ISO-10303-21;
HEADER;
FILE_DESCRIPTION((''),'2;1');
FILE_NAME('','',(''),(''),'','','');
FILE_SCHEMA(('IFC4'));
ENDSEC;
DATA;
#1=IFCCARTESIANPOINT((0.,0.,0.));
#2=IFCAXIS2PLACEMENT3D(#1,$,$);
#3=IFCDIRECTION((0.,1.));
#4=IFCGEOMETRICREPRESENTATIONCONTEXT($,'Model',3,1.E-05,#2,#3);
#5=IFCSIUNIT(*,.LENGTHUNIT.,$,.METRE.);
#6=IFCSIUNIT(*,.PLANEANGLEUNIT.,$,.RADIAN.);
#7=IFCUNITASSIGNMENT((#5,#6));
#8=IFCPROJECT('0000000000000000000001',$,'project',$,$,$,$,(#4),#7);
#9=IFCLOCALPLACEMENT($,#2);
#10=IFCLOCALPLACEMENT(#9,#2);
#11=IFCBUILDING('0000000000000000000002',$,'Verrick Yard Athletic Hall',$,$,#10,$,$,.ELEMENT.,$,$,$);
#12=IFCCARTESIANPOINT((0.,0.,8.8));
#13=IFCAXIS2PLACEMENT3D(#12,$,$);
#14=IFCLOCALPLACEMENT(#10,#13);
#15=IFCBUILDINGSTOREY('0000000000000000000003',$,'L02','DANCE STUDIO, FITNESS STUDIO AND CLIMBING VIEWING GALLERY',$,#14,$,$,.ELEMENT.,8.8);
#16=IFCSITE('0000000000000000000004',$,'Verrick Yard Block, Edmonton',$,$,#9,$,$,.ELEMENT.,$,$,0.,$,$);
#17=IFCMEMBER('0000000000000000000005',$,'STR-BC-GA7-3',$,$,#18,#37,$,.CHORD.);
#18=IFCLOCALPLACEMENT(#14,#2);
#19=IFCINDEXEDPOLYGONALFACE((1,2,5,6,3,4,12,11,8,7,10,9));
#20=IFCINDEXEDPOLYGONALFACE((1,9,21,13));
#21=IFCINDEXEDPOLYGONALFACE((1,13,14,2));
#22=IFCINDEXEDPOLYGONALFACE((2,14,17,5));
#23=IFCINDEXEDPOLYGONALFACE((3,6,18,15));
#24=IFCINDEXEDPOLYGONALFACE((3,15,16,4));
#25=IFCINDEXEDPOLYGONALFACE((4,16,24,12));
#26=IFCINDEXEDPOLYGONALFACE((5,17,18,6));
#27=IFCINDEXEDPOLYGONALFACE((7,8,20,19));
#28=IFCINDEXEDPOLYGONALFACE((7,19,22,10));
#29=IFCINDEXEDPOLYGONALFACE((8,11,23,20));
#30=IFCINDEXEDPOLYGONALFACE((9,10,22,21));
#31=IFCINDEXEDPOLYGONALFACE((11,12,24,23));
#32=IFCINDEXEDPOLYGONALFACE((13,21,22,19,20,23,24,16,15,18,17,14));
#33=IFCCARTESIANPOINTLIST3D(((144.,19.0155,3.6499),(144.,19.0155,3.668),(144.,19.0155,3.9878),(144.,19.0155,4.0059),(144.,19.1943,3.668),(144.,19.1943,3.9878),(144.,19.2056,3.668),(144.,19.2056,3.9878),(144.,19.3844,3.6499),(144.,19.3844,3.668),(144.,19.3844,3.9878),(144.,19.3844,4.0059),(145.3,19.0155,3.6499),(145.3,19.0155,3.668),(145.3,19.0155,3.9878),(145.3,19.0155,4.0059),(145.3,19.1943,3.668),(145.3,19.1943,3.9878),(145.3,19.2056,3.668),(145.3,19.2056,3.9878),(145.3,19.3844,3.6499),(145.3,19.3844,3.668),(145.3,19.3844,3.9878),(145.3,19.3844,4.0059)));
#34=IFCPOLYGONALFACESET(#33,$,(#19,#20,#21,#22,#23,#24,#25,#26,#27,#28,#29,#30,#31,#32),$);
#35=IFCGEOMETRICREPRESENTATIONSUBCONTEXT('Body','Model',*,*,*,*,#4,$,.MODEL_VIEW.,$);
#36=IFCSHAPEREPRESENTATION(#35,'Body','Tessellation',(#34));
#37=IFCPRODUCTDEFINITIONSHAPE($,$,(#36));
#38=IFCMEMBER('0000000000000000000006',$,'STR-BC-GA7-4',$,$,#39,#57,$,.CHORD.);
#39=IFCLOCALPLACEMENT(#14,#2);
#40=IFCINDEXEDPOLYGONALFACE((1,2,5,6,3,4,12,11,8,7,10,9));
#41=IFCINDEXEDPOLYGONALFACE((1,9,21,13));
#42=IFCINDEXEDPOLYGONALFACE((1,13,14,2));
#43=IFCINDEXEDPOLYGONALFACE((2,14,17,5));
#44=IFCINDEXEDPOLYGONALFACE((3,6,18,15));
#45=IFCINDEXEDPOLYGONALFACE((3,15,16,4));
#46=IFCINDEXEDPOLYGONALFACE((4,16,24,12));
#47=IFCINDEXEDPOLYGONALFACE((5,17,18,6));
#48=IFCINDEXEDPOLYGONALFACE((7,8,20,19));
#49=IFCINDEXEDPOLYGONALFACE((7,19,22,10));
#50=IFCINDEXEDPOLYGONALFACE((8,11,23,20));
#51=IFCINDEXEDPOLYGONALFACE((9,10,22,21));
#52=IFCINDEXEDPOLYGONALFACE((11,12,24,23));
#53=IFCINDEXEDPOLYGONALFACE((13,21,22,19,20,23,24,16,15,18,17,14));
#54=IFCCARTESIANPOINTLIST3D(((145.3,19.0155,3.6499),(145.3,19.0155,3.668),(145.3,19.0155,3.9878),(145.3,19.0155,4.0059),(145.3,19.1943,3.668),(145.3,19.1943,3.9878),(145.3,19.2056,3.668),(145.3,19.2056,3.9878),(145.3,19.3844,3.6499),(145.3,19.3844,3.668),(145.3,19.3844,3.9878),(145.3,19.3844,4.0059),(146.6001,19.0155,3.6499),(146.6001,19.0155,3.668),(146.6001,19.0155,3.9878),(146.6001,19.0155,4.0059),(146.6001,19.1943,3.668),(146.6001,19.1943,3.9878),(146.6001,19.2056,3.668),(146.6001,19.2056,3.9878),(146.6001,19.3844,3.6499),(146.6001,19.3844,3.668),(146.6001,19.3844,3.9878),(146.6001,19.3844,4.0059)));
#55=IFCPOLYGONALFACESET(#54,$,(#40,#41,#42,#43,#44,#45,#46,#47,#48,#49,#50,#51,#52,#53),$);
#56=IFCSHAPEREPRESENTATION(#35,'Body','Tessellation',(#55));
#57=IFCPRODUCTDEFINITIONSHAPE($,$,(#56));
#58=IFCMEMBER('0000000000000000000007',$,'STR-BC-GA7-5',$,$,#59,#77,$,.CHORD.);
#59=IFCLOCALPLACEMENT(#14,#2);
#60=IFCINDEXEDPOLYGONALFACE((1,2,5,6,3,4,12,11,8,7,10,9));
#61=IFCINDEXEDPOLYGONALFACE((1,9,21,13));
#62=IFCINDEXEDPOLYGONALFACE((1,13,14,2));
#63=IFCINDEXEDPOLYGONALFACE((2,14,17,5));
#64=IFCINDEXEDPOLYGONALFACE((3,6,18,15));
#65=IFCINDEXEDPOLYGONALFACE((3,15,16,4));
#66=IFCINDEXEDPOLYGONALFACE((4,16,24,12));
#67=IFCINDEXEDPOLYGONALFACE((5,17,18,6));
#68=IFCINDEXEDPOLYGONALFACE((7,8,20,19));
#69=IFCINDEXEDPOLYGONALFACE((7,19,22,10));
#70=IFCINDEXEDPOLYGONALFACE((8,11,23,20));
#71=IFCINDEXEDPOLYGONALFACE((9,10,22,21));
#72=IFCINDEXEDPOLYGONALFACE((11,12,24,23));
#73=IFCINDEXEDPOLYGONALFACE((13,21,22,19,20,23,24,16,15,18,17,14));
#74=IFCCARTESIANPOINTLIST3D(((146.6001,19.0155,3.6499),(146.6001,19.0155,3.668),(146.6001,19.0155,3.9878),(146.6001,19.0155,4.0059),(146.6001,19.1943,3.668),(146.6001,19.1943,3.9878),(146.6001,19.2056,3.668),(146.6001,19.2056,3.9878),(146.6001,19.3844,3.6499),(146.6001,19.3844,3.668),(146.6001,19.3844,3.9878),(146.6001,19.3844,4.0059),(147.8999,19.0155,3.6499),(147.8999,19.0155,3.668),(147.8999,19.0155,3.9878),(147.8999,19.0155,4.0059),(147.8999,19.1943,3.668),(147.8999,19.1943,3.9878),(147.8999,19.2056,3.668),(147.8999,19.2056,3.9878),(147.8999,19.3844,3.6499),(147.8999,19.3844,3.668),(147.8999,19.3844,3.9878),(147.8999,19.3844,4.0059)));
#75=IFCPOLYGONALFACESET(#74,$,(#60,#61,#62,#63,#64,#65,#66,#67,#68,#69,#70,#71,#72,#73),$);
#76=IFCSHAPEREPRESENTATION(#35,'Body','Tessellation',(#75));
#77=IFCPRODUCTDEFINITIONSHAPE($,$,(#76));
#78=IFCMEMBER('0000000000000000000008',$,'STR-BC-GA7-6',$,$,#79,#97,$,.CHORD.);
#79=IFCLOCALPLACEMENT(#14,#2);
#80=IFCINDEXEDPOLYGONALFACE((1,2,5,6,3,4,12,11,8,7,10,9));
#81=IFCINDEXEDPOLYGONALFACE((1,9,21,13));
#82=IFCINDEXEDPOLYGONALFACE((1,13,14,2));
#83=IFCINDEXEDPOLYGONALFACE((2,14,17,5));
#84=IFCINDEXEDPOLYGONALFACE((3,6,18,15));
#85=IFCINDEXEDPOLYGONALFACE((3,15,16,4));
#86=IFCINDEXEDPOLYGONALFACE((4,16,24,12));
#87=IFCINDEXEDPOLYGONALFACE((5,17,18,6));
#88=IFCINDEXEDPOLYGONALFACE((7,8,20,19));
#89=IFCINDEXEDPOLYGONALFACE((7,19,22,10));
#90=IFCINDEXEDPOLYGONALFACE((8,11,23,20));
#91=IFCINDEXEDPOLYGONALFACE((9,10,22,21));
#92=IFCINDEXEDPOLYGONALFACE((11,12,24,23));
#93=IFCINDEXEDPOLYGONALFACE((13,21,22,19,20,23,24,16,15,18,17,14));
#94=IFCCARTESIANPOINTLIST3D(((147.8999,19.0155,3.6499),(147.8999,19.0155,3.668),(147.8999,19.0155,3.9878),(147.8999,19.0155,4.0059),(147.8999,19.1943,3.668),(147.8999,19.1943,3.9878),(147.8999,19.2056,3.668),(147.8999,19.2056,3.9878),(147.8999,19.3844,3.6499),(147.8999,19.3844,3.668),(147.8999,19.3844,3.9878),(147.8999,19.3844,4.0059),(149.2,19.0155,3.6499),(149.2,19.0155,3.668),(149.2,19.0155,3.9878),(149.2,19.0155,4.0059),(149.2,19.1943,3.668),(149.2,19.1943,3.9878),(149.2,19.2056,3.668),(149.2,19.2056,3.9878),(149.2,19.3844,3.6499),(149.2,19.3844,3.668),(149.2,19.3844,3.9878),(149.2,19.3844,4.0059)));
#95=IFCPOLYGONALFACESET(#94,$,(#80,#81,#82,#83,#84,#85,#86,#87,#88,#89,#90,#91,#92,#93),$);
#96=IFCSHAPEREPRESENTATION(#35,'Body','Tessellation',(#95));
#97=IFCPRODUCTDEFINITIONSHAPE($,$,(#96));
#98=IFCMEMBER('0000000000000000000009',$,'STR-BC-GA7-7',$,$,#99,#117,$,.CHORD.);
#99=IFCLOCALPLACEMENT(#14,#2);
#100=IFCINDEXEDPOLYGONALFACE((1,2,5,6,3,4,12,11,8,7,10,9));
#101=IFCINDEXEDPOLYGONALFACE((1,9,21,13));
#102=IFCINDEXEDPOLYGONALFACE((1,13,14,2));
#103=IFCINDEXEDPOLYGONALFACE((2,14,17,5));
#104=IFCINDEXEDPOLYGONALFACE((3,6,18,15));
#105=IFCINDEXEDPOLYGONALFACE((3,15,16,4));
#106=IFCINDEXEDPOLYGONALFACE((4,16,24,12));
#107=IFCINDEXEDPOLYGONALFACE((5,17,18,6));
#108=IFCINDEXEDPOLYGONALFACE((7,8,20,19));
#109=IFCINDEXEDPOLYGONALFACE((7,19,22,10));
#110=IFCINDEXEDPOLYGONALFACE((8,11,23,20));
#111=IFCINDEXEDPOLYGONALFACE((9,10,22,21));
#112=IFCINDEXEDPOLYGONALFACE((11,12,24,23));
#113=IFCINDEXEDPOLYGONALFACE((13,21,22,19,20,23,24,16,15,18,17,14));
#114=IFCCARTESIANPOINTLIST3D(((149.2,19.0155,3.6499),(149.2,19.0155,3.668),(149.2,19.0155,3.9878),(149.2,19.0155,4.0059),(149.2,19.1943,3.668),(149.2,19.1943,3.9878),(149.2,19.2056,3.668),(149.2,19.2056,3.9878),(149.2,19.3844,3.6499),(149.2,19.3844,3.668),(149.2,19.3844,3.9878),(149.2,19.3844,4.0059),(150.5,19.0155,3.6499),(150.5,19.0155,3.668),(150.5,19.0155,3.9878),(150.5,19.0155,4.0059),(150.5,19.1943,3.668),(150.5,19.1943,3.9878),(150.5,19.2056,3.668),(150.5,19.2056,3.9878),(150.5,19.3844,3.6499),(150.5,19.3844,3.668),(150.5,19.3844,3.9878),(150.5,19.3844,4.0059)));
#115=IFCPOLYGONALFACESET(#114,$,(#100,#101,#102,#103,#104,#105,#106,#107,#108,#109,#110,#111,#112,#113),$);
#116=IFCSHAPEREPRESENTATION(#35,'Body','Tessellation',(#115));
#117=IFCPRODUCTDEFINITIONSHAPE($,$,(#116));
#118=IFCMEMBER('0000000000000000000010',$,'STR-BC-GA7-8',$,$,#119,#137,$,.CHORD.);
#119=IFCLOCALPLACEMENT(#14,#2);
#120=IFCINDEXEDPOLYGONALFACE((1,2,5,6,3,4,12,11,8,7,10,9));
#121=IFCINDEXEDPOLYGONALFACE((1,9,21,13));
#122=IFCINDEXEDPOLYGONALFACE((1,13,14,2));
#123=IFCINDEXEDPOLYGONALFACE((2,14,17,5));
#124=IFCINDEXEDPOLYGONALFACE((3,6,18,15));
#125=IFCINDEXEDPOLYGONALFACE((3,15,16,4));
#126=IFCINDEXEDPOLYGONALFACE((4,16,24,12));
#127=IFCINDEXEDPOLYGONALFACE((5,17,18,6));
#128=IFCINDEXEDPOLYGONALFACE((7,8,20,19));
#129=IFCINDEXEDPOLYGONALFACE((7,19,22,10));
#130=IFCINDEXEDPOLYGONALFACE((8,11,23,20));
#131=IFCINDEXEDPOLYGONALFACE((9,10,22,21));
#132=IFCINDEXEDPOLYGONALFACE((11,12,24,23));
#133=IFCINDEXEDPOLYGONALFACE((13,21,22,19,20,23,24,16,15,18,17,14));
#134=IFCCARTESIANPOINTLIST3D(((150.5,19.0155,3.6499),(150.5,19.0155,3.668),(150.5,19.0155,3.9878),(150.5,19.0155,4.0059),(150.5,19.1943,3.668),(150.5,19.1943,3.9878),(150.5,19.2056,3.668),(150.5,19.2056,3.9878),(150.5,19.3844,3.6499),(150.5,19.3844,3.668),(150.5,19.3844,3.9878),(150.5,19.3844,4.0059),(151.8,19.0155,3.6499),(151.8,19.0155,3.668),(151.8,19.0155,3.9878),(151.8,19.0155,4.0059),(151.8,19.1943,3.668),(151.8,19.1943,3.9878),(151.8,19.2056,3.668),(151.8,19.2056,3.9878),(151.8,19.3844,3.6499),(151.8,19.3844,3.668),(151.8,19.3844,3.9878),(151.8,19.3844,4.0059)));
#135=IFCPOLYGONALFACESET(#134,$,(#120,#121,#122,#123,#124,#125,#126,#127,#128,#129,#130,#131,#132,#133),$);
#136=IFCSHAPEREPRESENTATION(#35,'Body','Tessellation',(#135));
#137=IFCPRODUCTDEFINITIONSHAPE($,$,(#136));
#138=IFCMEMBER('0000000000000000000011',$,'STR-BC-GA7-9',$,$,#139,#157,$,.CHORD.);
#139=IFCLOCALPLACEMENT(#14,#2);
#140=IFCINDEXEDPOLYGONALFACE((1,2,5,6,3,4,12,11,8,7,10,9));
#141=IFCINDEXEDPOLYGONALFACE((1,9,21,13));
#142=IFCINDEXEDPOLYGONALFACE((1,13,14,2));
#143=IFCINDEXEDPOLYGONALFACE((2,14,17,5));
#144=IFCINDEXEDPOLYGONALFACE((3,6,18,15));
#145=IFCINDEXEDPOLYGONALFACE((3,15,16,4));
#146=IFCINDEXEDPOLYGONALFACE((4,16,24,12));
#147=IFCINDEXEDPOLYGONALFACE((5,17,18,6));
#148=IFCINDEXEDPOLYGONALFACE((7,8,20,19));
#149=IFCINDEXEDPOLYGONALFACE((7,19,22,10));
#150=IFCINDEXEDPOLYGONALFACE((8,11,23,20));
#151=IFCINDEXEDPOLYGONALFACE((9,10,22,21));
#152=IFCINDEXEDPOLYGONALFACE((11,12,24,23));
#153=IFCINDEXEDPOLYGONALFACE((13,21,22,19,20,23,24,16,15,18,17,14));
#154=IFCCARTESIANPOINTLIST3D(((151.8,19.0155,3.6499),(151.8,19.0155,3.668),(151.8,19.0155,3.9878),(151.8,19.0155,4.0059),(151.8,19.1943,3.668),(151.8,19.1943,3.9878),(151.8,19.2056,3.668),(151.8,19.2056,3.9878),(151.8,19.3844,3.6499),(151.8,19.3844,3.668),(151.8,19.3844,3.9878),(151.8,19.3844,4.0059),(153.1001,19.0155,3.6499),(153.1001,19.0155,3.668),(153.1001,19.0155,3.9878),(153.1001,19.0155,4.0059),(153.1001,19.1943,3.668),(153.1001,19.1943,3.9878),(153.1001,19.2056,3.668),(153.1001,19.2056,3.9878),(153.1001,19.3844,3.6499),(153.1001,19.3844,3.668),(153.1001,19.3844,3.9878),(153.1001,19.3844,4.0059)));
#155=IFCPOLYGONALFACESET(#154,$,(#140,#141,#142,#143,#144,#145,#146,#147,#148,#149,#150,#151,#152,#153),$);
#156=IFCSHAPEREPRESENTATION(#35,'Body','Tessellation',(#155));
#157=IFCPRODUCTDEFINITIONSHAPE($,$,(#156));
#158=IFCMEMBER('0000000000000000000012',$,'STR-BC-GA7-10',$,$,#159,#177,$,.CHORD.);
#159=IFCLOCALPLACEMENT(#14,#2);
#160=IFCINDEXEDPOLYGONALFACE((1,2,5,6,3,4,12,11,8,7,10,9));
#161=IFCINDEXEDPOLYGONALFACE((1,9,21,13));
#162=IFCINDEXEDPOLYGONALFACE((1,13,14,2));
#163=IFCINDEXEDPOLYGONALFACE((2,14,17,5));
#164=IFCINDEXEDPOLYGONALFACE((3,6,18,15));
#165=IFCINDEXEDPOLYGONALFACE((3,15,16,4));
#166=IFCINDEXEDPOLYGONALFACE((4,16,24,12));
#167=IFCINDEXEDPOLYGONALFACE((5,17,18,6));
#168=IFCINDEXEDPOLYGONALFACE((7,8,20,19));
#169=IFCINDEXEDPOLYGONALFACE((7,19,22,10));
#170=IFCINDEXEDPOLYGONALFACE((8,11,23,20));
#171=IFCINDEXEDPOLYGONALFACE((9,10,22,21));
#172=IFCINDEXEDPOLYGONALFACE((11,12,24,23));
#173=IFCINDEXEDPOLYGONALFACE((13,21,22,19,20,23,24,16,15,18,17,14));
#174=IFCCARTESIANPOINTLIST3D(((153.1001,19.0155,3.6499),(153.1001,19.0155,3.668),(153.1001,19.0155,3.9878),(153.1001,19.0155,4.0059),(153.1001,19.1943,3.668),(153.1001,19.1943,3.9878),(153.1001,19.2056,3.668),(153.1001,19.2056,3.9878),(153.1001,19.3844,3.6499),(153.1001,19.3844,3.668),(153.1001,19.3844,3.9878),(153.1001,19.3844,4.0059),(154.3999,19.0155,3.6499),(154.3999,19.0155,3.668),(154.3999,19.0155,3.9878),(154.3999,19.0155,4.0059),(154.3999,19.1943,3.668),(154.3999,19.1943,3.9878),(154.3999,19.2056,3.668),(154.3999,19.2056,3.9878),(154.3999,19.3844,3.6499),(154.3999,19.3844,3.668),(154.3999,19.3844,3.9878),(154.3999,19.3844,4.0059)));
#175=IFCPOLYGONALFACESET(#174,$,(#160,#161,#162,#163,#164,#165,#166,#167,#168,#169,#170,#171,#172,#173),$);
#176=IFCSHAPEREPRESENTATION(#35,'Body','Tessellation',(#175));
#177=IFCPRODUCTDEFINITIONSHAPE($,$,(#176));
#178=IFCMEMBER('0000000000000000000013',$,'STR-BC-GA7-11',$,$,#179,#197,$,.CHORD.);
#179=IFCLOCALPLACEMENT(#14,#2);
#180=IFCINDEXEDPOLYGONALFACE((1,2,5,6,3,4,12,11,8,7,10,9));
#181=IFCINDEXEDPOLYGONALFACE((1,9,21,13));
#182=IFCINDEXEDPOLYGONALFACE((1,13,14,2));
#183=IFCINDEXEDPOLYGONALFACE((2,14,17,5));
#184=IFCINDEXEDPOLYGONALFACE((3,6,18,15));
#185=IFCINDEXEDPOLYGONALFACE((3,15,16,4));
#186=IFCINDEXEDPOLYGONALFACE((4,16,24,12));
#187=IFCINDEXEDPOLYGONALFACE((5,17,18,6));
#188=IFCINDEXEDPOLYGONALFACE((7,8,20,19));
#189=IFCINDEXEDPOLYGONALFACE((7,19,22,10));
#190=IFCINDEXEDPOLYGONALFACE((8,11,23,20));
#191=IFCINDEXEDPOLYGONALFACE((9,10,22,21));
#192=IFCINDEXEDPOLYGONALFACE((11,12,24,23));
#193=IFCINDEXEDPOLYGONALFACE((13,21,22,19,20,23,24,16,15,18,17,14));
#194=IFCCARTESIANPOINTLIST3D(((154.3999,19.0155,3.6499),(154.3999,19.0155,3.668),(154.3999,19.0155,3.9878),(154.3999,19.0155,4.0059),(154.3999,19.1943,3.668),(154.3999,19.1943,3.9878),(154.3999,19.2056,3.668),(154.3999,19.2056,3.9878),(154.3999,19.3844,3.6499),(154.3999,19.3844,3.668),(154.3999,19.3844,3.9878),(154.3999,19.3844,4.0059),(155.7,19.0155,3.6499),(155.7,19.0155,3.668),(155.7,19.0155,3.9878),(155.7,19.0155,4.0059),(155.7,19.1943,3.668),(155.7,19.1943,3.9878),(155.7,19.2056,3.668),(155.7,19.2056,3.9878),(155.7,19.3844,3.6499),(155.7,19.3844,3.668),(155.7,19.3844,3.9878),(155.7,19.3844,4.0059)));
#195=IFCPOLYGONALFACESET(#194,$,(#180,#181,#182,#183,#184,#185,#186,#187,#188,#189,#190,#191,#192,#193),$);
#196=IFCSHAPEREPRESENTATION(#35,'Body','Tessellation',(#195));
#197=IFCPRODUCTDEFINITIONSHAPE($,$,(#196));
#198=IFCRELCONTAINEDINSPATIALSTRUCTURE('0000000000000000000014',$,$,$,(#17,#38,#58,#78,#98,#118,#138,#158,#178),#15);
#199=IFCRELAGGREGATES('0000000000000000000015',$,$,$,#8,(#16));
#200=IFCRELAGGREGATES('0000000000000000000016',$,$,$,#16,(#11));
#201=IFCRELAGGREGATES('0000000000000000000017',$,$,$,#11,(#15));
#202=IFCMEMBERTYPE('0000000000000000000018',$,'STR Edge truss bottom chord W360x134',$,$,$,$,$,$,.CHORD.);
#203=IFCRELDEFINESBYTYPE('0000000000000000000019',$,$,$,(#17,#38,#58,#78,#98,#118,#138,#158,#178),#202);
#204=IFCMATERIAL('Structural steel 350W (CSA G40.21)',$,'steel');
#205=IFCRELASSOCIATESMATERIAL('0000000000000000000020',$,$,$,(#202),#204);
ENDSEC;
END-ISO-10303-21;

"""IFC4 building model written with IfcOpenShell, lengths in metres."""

from ifc_helpers import new_model, si_unit, direction, frame, origin, origin_2d, place, context, subcontext, project, spatial, i_section, extrude, material, material_profile, profile_set, type_object, element, save


model = new_model("IFC4")

# Units and contexts
model_context = context("Model", 3, precision=1e-05, world=origin(), true_north=direction((0.0, 1.0)))
body_context = subcontext(model_context, "Body", "Model", "MODEL_VIEW")
ifc_project = project(units=[si_unit("LENGTHUNIT", "METRE"), si_unit("PLANEANGLEUNIT", "RADIAN")], contexts=[model_context])

# Site, building, storey
site_placement = place(None, origin())
site = spatial("IfcSite", under=ifc_project, at=site_placement, Name="Verrick Yard Block, Edmonton", CompositionType="ELEMENT", RefElevation=0.0)
building_placement = place(site_placement, origin())
building = spatial("IfcBuilding", under=site, at=building_placement, Name="Verrick Yard Athletic Hall", CompositionType="ELEMENT")
storey_placement = place(building_placement, frame((0.0, 0.0, 8.8)))
storey = spatial("IfcBuildingStorey", under=building, at=storey_placement, Name="L02", Description="DANCE STUDIO, FITNESS STUDIO AND CLIMBING VIEWING GALLERY", CompositionType="ELEMENT", Elevation=8.8)

# Members
ifc_material_1 = material(Name="Structural steel 350W (CSA G40.21)", Category="steel")
ifc_material_profile_1 = material_profile(ifc_material_1, i_section(OverallWidth=0.3689, OverallDepth=0.356, WebThickness=0.0112, FlangeThickness=0.0181, at=origin_2d()), Name="W360x134")
ifc_profile_set_1 = profile_set([ifc_material_profile_1], Name="Structural steel 350W (CSA G40.21)")
member_type_1 = type_object("IfcMemberType", Name="STR Edge truss bottom chord W360x134", PredefinedType="CHORD", material=ifc_profile_set_1)
for number, where, z_axis, x_axis, name in (
    (1, (144.0, 19.2, 3.8279), (1.0, 0.0, 0.0), (0.0, 1.0, 0.0), "STR-BC-GA7-3"),
    (2, (145.3, 19.2, 3.8279), (1.0, 0.0, 0.0), (0.0, 1.0, 0.0), "STR-BC-GA7-4"),
):
    element("IfcMember", number, at=place(storey_placement, frame(where, z_axis=z_axis, x_axis=x_axis)), inside=storey, type_object=member_type_1, Name=name, PredefinedType="CHORD", context=body_context, shape_type="SweptSolid", body=[
        extrude(i_section(OverallWidth=0.3689, OverallDepth=0.356, WebThickness=0.0112, FlangeThickness=0.0181, at=origin_2d()), origin(), (0.0, 0.0, 1.0), 1.3),
    ])
member_1_placement = place(storey_placement, frame((146.6001, 19.2, 3.8279), z_axis=(1.0, 0.0, 0.0), x_axis=(0.0, 1.0, 0.0)))
element("IfcMember", 3, at=member_1_placement, inside=storey, type_object=member_type_1, Name="STR-BC-GA7-5", PredefinedType="CHORD", context=body_context, shape_type="SweptSolid", body=[
    extrude(i_section(OverallWidth=0.3689, OverallDepth=0.356, WebThickness=0.0112, FlangeThickness=0.0181, at=origin_2d()), origin(), (0.0, 0.0, 1.0), 1.2998),
])
for number, where, z_axis, x_axis, name in (
    (4, (147.8999, 19.2, 3.8279), (1.0, 0.0, 0.0), (0.0, 1.0, 0.0), "STR-BC-GA7-6"),
    (5, (149.2, 19.2, 3.8279), (1.0, 0.0, 0.0), (0.0, 1.0, 0.0), "STR-BC-GA7-7"),
    (6, (150.5, 19.2, 3.8279), (1.0, 0.0, 0.0), (0.0, 1.0, 0.0), "STR-BC-GA7-8"),
    (7, (151.8, 19.2, 3.8279), (1.0, 0.0, 0.0), (0.0, 1.0, 0.0), "STR-BC-GA7-9"),
):
    element("IfcMember", number, at=place(storey_placement, frame(where, z_axis=z_axis, x_axis=x_axis)), inside=storey, type_object=member_type_1, Name=name, PredefinedType="CHORD", context=body_context, shape_type="SweptSolid", body=[
        extrude(i_section(OverallWidth=0.3689, OverallDepth=0.356, WebThickness=0.0112, FlangeThickness=0.0181, at=origin_2d()), origin(), (0.0, 0.0, 1.0), 1.3),
    ])
member_2_placement = place(storey_placement, frame((153.1001, 19.2, 3.8279), z_axis=(1.0, 0.0, 0.0), x_axis=(0.0, 1.0, 0.0)))
element("IfcMember", 8, at=member_2_placement, inside=storey, type_object=member_type_1, Name="STR-BC-GA7-10", PredefinedType="CHORD", context=body_context, shape_type="SweptSolid", body=[
    extrude(i_section(OverallWidth=0.3689, OverallDepth=0.356, WebThickness=0.0112, FlangeThickness=0.0181, at=origin_2d()), origin(), (0.0, 0.0, 1.0), 1.2998),
])
member_3_placement = place(storey_placement, frame((154.3999, 19.2, 3.8279), z_axis=(1.0, 0.0, 0.0), x_axis=(0.0, 1.0, 0.0)))
element("IfcMember", 9, at=member_3_placement, inside=storey, type_object=member_type_1, Name="STR-BC-GA7-11", PredefinedType="CHORD", context=body_context, shape_type="SweptSolid", body=[
    extrude(i_section(OverallWidth=0.3689, OverallDepth=0.356, WebThickness=0.0112, FlangeThickness=0.0181, at=origin_2d()), origin(), (0.0, 0.0, 1.0), 1.3),
])

save(model, "model.ifc")
